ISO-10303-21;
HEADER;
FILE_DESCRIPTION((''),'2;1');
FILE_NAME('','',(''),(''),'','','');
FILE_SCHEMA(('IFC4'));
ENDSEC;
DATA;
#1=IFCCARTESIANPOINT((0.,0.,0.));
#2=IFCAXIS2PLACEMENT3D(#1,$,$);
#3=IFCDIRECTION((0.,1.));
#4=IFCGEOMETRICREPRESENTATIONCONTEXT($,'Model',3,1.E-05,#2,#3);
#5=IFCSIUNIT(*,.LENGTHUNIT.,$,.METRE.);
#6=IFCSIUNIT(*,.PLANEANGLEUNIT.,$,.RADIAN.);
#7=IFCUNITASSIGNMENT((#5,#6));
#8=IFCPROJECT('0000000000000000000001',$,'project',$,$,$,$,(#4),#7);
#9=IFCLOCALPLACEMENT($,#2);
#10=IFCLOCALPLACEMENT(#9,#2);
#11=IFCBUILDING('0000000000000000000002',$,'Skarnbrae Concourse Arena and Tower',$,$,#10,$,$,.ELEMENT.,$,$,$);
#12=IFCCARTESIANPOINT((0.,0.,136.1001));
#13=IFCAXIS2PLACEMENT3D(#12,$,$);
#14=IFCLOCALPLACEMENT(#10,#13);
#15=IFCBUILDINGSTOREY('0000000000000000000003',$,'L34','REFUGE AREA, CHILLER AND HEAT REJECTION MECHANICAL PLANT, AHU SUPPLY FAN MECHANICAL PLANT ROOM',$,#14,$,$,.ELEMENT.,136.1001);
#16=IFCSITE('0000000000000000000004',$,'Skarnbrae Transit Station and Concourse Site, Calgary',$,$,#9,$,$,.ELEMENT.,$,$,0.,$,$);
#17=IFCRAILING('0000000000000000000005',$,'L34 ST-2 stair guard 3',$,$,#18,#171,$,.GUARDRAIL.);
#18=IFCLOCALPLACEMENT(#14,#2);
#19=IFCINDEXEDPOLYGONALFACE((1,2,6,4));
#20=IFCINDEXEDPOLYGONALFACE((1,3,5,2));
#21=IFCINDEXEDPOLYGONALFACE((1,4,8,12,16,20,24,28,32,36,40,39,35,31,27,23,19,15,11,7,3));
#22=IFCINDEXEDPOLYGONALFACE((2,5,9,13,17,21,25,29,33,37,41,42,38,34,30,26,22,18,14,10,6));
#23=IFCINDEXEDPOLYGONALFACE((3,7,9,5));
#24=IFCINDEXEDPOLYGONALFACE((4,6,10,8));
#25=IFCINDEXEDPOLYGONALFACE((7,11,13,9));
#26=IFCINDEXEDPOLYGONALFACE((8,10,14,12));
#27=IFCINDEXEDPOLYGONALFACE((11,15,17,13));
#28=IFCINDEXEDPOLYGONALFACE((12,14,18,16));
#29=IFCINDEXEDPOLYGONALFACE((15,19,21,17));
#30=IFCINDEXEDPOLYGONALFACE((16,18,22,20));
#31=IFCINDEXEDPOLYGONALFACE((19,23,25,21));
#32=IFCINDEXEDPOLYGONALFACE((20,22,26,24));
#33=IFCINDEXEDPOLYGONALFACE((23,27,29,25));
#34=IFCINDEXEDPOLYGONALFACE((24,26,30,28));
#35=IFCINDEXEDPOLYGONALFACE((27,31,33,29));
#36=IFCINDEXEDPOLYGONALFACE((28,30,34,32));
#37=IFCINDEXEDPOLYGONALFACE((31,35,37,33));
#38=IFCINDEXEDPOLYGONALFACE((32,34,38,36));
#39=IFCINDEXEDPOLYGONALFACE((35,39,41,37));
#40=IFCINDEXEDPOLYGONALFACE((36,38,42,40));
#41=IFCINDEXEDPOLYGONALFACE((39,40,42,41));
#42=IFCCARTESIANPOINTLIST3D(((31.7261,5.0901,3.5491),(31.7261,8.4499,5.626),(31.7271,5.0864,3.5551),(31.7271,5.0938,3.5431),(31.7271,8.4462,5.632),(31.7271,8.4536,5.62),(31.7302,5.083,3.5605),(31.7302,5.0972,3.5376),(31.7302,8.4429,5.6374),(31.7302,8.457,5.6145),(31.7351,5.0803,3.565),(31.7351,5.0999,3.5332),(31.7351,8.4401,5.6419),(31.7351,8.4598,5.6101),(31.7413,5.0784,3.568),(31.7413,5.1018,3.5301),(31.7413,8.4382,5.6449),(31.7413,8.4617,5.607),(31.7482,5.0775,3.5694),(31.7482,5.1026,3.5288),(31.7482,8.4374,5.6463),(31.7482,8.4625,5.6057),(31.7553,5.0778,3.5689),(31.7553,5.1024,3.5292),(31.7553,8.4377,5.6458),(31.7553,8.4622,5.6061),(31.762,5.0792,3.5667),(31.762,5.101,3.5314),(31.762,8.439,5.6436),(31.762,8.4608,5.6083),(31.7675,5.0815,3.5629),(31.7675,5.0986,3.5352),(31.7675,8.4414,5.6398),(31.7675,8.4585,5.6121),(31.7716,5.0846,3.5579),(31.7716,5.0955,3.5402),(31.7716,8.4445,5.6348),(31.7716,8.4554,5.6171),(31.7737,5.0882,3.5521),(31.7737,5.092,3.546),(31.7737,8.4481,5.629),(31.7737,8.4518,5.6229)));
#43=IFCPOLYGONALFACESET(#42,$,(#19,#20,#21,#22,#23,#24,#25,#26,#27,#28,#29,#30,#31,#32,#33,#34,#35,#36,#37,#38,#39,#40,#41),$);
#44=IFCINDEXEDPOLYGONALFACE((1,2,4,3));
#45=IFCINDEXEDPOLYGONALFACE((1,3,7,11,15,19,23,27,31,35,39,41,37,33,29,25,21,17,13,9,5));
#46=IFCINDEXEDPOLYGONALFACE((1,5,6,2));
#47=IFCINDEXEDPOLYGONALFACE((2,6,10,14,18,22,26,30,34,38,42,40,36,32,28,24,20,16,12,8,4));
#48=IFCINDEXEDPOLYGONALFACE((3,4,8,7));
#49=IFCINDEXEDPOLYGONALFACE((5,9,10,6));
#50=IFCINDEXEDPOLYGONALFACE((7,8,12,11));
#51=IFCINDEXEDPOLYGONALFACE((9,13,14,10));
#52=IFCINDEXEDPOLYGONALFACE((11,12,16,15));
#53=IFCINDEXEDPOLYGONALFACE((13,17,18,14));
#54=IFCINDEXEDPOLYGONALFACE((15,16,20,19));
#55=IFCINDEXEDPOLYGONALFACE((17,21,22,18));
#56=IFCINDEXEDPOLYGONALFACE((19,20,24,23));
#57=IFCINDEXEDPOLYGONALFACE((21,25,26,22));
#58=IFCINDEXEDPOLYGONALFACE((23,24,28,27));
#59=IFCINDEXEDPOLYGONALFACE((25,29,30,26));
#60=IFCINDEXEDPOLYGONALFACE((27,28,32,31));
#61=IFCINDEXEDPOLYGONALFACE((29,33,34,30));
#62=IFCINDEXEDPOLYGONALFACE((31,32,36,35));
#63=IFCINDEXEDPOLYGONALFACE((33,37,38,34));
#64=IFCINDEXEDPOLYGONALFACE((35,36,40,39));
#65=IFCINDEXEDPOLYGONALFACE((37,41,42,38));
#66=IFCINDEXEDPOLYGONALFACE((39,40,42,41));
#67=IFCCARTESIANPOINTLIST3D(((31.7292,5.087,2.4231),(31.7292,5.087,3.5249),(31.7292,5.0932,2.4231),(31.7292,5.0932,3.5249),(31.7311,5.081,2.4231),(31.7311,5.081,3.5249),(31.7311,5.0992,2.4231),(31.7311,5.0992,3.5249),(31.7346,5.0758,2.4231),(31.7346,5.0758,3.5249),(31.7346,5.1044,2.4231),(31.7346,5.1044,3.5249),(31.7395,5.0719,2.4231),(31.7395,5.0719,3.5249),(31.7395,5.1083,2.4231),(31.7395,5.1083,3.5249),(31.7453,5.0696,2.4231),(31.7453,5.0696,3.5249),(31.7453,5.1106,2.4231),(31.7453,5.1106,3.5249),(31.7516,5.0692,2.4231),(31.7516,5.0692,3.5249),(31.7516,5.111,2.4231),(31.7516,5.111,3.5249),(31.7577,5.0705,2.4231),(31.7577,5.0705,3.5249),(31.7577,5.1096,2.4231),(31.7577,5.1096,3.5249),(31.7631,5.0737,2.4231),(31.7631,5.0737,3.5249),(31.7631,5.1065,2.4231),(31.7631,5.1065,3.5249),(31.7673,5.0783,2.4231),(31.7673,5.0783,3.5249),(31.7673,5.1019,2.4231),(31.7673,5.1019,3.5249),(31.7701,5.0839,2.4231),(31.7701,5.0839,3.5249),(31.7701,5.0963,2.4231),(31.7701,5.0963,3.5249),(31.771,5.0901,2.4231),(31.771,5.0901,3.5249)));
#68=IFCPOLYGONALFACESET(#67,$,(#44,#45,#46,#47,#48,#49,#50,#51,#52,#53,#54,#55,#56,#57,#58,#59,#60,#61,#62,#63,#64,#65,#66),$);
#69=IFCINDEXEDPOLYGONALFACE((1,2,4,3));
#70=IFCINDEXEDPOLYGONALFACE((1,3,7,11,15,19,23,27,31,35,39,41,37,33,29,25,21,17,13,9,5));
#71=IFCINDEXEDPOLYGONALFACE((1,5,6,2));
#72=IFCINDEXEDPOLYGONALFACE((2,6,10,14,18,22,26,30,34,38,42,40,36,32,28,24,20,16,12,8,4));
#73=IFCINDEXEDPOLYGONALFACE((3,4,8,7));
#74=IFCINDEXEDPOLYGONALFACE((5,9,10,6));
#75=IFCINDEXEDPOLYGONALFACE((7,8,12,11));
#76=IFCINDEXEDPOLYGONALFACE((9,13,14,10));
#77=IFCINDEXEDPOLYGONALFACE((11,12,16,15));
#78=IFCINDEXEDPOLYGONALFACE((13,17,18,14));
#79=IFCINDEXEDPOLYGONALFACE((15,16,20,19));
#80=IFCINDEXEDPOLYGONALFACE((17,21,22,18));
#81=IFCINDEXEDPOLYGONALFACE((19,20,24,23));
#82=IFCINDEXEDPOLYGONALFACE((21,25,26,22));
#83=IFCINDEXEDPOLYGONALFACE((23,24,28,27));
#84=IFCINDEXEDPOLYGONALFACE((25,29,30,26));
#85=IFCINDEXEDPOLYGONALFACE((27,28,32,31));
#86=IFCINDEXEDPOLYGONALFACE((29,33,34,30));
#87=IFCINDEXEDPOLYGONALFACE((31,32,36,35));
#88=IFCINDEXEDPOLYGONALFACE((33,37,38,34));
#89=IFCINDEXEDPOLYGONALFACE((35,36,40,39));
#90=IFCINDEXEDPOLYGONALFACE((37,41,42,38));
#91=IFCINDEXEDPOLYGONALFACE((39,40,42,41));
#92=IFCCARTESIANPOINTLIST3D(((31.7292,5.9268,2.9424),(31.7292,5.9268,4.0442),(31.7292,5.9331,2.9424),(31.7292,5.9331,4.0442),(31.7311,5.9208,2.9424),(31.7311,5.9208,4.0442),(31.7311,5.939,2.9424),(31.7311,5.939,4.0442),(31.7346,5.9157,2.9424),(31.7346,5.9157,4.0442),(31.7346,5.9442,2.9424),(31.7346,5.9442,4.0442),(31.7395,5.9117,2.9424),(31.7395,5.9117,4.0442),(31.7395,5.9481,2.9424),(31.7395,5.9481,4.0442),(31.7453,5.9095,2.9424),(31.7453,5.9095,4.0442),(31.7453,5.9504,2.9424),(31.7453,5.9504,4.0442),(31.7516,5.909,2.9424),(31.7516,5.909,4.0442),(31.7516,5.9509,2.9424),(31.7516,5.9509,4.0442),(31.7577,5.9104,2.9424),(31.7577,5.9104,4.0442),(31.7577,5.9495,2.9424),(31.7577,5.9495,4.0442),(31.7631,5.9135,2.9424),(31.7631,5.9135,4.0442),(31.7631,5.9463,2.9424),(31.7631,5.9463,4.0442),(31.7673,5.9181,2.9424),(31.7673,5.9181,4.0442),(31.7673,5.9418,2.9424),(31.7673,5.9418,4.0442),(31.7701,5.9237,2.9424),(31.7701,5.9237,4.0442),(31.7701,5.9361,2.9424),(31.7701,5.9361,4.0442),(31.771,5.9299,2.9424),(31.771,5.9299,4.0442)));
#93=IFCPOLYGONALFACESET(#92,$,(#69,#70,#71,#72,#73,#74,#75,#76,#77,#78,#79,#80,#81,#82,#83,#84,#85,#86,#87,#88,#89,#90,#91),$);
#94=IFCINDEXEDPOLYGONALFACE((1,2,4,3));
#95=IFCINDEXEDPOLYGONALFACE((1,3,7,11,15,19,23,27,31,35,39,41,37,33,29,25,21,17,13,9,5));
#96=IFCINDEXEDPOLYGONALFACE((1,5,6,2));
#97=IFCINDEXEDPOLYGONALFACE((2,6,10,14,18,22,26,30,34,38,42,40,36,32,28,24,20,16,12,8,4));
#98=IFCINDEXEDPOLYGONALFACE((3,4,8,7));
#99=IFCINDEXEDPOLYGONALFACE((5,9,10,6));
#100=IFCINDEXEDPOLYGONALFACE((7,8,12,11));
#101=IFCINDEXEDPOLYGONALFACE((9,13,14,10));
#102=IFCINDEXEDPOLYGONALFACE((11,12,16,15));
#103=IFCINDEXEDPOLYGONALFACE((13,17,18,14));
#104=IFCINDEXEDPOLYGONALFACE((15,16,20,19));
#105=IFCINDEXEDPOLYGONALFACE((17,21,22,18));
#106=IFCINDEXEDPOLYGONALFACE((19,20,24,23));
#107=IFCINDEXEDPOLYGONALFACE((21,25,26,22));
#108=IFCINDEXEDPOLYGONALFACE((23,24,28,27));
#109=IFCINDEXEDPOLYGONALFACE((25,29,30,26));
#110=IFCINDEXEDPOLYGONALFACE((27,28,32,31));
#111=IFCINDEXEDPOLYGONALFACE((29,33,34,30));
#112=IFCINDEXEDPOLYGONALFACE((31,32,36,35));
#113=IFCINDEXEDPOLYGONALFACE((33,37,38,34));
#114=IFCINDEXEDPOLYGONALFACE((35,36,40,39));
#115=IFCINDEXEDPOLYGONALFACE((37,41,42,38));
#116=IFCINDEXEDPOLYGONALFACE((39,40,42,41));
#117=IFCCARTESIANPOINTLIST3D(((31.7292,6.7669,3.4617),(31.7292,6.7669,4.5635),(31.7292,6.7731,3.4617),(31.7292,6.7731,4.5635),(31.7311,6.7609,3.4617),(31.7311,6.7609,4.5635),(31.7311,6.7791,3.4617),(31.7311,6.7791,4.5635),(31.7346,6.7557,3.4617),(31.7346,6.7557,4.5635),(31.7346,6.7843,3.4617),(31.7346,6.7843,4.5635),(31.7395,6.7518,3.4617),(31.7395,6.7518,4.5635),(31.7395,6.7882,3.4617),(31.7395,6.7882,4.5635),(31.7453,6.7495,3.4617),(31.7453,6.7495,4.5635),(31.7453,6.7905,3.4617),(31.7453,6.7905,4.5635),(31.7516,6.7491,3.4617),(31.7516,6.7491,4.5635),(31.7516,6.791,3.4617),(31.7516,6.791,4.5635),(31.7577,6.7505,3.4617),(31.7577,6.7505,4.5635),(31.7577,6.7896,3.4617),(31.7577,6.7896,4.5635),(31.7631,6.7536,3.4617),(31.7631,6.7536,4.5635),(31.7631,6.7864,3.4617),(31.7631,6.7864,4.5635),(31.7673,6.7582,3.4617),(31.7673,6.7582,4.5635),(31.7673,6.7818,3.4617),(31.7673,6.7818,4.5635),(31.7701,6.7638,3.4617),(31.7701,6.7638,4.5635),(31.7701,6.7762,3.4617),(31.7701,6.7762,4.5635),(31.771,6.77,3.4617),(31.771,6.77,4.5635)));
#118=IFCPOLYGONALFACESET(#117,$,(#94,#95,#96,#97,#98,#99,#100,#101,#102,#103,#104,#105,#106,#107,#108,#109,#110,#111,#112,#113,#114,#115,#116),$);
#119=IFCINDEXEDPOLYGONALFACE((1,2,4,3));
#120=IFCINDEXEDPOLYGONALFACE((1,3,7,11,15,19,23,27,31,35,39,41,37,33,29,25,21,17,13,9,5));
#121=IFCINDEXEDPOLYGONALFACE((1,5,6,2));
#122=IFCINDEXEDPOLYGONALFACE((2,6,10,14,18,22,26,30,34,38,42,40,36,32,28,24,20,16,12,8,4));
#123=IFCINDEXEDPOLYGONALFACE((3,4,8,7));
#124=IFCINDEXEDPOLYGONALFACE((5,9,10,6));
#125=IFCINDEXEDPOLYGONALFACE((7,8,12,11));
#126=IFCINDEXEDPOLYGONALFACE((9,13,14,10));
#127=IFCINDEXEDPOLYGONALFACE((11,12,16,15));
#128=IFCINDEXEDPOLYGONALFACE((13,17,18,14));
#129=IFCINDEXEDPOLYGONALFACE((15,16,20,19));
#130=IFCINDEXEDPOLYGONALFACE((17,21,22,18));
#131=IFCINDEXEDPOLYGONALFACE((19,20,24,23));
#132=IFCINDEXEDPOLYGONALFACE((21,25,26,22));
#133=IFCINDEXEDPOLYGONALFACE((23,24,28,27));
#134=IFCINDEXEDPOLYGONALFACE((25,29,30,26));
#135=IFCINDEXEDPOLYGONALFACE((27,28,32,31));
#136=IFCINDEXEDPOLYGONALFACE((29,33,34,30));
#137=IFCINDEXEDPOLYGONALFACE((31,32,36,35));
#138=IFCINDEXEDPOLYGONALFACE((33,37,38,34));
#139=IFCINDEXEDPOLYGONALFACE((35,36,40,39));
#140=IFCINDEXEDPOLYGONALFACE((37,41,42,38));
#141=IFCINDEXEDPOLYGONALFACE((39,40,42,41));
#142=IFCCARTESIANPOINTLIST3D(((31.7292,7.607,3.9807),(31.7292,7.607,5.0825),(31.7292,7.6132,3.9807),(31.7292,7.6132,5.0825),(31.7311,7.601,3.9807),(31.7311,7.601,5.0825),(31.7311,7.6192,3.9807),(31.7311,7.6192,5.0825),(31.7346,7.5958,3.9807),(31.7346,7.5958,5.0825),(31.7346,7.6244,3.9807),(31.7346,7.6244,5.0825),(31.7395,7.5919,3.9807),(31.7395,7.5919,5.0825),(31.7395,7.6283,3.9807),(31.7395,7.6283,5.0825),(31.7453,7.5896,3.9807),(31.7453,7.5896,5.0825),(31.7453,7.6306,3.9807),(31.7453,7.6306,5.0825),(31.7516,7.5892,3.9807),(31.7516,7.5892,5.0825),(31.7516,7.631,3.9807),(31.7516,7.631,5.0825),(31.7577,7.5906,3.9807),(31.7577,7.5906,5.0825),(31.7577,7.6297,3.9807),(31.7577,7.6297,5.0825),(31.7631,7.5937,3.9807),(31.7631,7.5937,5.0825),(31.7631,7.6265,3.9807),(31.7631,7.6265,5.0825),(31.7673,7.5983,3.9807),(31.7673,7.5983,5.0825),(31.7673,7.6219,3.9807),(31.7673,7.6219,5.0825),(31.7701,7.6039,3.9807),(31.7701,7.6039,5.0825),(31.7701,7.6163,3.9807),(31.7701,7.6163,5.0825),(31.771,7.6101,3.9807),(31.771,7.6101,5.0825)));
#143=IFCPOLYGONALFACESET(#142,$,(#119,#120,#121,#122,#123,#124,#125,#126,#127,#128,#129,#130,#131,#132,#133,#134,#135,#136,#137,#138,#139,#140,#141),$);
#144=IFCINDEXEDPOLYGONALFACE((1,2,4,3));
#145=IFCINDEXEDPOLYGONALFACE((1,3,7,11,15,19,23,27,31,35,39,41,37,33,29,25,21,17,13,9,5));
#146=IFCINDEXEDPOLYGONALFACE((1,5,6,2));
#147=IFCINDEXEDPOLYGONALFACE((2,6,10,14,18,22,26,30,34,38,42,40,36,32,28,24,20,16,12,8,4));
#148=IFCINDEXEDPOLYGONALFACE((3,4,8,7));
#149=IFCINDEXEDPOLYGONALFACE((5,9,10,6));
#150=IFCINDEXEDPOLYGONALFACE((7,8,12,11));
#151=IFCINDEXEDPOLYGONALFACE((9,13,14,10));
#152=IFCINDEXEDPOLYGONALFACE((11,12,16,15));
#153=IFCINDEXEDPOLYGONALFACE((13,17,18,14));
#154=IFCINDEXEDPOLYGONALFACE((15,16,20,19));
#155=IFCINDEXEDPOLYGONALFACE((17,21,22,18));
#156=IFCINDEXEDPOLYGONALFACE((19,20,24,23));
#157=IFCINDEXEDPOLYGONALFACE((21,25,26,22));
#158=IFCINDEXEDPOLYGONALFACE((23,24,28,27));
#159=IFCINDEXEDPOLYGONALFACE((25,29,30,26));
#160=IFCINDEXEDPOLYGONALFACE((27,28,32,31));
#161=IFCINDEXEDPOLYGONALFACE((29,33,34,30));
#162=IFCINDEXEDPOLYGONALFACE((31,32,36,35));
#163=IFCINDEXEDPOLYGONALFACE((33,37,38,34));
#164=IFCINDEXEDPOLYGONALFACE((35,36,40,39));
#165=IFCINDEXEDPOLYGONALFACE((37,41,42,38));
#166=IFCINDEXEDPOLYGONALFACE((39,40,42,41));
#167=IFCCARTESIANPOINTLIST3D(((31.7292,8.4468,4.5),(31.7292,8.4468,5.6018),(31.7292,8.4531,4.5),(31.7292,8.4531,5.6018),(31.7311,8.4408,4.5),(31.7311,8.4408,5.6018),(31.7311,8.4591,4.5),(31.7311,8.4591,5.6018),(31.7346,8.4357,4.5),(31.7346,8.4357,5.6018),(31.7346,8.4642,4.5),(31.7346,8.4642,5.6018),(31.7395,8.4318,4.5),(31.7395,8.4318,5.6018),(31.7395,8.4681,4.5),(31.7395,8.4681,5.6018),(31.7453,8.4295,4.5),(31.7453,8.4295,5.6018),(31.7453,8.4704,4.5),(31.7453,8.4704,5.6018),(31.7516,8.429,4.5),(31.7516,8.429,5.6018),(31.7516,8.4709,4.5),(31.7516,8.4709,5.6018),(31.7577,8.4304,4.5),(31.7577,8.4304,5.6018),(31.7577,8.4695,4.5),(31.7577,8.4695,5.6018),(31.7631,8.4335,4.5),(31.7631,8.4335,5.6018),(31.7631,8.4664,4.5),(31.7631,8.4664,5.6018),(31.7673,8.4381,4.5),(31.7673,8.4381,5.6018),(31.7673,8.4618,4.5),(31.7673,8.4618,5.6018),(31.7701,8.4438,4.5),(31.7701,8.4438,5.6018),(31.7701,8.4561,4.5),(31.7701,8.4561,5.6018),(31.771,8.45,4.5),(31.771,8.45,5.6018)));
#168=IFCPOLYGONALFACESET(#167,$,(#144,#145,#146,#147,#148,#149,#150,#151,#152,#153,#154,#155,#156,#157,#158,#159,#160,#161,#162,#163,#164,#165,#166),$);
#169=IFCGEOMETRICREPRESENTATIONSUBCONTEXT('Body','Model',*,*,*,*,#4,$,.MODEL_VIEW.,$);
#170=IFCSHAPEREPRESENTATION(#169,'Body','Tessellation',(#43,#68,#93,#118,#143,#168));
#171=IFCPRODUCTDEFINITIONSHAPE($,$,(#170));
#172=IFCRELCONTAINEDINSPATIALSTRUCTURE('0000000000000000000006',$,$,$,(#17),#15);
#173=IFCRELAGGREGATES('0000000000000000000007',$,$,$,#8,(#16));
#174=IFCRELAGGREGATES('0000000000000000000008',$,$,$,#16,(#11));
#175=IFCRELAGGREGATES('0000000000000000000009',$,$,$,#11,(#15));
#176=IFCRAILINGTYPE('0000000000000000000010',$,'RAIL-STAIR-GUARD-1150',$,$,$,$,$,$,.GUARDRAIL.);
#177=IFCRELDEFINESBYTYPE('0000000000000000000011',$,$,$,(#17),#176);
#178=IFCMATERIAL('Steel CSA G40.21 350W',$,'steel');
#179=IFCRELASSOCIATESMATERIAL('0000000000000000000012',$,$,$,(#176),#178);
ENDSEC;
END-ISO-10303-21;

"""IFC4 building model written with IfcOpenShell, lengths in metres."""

from ifc_helpers import new_model, si_unit, direction, frame, origin, origin_2d, place, context, subcontext, project, spatial, circle, extrude, material, type_object, element, save


model = new_model("IFC4")

# Units and contexts
model_context = context("Model", 3, precision=1e-05, world=origin(), true_north=direction((0.0, 1.0)))
body_context = subcontext(model_context, "Body", "Model", "MODEL_VIEW")
ifc_project = project(units=[si_unit("LENGTHUNIT", "METRE"), si_unit("PLANEANGLEUNIT", "RADIAN")], contexts=[model_context])

# Site, building, storey
site_placement = place(None, origin())
site = spatial("IfcSite", under=ifc_project, at=site_placement, Name="Skarnbrae Transit Station and Concourse Site, Calgary", CompositionType="ELEMENT", RefElevation=0.0)
building_placement = place(site_placement, origin())
building = spatial("IfcBuilding", under=site, at=building_placement, Name="Skarnbrae Concourse Arena and Tower", CompositionType="ELEMENT")
storey_placement = place(building_placement, frame((0.0, 0.0, 136.1001)))
storey = spatial("IfcBuildingStorey", under=building, at=storey_placement, Name="L34", Description="REFUGE AREA, CHILLER AND HEAT REJECTION MECHANICAL PLANT, AHU SUPPLY FAN MECHANICAL PLANT ROOM", CompositionType="ELEMENT", Elevation=136.1001)

# Shared definitions
ifc_material_1 = material(Name="Steel CSA G40.21 350W", Category="steel")

# Railing
railing_type_1 = type_object("IfcRailingType", Name="RAIL-STAIR-GUARD-1150", PredefinedType="GUARDRAIL", material=ifc_material_1)
railing_1_placement = place(storey_placement, frame((31.75, 5.0901, 2.4231)))
element("IfcRailing", 1, at=railing_1_placement, inside=storey, type_object=railing_type_1, Name="L34 ST-2 stair guard 3", PredefinedType="GUARDRAIL", context=body_context, shape_type="SweptSolid", body=[
    extrude(circle(Radius=0.0239, at=origin_2d()), frame((0.0, 0.0, 1.126), z_axis=(0.0, 0.850606, 0.525803), x_axis=(-1.0, 0.0, 0.0)), (0.0, 0.0, 1.0), 3.95),
    extrude(circle(Radius=0.021, at=origin_2d()), origin(), (0.0, 0.0, 1.0), 1.1018),
    extrude(circle(Radius=0.021, at=origin_2d()), frame((0.0, 0.8398, 0.5193)), (0.0, 0.0, 1.0), 1.1018),
    extrude(circle(Radius=0.021, at=origin_2d()), frame((0.0, 1.6799, 1.0386)), (0.0, 0.0, 1.0), 1.1018),
    extrude(circle(Radius=0.021, at=origin_2d()), frame((0.0, 2.52, 1.5576)), (0.0, 0.0, 1.0), 1.1018),
    extrude(circle(Radius=0.021, at=origin_2d()), frame((0.0, 3.3599, 2.0769)), (0.0, 0.0, 1.0), 1.1018),
])

save(model, "model.ifc")
